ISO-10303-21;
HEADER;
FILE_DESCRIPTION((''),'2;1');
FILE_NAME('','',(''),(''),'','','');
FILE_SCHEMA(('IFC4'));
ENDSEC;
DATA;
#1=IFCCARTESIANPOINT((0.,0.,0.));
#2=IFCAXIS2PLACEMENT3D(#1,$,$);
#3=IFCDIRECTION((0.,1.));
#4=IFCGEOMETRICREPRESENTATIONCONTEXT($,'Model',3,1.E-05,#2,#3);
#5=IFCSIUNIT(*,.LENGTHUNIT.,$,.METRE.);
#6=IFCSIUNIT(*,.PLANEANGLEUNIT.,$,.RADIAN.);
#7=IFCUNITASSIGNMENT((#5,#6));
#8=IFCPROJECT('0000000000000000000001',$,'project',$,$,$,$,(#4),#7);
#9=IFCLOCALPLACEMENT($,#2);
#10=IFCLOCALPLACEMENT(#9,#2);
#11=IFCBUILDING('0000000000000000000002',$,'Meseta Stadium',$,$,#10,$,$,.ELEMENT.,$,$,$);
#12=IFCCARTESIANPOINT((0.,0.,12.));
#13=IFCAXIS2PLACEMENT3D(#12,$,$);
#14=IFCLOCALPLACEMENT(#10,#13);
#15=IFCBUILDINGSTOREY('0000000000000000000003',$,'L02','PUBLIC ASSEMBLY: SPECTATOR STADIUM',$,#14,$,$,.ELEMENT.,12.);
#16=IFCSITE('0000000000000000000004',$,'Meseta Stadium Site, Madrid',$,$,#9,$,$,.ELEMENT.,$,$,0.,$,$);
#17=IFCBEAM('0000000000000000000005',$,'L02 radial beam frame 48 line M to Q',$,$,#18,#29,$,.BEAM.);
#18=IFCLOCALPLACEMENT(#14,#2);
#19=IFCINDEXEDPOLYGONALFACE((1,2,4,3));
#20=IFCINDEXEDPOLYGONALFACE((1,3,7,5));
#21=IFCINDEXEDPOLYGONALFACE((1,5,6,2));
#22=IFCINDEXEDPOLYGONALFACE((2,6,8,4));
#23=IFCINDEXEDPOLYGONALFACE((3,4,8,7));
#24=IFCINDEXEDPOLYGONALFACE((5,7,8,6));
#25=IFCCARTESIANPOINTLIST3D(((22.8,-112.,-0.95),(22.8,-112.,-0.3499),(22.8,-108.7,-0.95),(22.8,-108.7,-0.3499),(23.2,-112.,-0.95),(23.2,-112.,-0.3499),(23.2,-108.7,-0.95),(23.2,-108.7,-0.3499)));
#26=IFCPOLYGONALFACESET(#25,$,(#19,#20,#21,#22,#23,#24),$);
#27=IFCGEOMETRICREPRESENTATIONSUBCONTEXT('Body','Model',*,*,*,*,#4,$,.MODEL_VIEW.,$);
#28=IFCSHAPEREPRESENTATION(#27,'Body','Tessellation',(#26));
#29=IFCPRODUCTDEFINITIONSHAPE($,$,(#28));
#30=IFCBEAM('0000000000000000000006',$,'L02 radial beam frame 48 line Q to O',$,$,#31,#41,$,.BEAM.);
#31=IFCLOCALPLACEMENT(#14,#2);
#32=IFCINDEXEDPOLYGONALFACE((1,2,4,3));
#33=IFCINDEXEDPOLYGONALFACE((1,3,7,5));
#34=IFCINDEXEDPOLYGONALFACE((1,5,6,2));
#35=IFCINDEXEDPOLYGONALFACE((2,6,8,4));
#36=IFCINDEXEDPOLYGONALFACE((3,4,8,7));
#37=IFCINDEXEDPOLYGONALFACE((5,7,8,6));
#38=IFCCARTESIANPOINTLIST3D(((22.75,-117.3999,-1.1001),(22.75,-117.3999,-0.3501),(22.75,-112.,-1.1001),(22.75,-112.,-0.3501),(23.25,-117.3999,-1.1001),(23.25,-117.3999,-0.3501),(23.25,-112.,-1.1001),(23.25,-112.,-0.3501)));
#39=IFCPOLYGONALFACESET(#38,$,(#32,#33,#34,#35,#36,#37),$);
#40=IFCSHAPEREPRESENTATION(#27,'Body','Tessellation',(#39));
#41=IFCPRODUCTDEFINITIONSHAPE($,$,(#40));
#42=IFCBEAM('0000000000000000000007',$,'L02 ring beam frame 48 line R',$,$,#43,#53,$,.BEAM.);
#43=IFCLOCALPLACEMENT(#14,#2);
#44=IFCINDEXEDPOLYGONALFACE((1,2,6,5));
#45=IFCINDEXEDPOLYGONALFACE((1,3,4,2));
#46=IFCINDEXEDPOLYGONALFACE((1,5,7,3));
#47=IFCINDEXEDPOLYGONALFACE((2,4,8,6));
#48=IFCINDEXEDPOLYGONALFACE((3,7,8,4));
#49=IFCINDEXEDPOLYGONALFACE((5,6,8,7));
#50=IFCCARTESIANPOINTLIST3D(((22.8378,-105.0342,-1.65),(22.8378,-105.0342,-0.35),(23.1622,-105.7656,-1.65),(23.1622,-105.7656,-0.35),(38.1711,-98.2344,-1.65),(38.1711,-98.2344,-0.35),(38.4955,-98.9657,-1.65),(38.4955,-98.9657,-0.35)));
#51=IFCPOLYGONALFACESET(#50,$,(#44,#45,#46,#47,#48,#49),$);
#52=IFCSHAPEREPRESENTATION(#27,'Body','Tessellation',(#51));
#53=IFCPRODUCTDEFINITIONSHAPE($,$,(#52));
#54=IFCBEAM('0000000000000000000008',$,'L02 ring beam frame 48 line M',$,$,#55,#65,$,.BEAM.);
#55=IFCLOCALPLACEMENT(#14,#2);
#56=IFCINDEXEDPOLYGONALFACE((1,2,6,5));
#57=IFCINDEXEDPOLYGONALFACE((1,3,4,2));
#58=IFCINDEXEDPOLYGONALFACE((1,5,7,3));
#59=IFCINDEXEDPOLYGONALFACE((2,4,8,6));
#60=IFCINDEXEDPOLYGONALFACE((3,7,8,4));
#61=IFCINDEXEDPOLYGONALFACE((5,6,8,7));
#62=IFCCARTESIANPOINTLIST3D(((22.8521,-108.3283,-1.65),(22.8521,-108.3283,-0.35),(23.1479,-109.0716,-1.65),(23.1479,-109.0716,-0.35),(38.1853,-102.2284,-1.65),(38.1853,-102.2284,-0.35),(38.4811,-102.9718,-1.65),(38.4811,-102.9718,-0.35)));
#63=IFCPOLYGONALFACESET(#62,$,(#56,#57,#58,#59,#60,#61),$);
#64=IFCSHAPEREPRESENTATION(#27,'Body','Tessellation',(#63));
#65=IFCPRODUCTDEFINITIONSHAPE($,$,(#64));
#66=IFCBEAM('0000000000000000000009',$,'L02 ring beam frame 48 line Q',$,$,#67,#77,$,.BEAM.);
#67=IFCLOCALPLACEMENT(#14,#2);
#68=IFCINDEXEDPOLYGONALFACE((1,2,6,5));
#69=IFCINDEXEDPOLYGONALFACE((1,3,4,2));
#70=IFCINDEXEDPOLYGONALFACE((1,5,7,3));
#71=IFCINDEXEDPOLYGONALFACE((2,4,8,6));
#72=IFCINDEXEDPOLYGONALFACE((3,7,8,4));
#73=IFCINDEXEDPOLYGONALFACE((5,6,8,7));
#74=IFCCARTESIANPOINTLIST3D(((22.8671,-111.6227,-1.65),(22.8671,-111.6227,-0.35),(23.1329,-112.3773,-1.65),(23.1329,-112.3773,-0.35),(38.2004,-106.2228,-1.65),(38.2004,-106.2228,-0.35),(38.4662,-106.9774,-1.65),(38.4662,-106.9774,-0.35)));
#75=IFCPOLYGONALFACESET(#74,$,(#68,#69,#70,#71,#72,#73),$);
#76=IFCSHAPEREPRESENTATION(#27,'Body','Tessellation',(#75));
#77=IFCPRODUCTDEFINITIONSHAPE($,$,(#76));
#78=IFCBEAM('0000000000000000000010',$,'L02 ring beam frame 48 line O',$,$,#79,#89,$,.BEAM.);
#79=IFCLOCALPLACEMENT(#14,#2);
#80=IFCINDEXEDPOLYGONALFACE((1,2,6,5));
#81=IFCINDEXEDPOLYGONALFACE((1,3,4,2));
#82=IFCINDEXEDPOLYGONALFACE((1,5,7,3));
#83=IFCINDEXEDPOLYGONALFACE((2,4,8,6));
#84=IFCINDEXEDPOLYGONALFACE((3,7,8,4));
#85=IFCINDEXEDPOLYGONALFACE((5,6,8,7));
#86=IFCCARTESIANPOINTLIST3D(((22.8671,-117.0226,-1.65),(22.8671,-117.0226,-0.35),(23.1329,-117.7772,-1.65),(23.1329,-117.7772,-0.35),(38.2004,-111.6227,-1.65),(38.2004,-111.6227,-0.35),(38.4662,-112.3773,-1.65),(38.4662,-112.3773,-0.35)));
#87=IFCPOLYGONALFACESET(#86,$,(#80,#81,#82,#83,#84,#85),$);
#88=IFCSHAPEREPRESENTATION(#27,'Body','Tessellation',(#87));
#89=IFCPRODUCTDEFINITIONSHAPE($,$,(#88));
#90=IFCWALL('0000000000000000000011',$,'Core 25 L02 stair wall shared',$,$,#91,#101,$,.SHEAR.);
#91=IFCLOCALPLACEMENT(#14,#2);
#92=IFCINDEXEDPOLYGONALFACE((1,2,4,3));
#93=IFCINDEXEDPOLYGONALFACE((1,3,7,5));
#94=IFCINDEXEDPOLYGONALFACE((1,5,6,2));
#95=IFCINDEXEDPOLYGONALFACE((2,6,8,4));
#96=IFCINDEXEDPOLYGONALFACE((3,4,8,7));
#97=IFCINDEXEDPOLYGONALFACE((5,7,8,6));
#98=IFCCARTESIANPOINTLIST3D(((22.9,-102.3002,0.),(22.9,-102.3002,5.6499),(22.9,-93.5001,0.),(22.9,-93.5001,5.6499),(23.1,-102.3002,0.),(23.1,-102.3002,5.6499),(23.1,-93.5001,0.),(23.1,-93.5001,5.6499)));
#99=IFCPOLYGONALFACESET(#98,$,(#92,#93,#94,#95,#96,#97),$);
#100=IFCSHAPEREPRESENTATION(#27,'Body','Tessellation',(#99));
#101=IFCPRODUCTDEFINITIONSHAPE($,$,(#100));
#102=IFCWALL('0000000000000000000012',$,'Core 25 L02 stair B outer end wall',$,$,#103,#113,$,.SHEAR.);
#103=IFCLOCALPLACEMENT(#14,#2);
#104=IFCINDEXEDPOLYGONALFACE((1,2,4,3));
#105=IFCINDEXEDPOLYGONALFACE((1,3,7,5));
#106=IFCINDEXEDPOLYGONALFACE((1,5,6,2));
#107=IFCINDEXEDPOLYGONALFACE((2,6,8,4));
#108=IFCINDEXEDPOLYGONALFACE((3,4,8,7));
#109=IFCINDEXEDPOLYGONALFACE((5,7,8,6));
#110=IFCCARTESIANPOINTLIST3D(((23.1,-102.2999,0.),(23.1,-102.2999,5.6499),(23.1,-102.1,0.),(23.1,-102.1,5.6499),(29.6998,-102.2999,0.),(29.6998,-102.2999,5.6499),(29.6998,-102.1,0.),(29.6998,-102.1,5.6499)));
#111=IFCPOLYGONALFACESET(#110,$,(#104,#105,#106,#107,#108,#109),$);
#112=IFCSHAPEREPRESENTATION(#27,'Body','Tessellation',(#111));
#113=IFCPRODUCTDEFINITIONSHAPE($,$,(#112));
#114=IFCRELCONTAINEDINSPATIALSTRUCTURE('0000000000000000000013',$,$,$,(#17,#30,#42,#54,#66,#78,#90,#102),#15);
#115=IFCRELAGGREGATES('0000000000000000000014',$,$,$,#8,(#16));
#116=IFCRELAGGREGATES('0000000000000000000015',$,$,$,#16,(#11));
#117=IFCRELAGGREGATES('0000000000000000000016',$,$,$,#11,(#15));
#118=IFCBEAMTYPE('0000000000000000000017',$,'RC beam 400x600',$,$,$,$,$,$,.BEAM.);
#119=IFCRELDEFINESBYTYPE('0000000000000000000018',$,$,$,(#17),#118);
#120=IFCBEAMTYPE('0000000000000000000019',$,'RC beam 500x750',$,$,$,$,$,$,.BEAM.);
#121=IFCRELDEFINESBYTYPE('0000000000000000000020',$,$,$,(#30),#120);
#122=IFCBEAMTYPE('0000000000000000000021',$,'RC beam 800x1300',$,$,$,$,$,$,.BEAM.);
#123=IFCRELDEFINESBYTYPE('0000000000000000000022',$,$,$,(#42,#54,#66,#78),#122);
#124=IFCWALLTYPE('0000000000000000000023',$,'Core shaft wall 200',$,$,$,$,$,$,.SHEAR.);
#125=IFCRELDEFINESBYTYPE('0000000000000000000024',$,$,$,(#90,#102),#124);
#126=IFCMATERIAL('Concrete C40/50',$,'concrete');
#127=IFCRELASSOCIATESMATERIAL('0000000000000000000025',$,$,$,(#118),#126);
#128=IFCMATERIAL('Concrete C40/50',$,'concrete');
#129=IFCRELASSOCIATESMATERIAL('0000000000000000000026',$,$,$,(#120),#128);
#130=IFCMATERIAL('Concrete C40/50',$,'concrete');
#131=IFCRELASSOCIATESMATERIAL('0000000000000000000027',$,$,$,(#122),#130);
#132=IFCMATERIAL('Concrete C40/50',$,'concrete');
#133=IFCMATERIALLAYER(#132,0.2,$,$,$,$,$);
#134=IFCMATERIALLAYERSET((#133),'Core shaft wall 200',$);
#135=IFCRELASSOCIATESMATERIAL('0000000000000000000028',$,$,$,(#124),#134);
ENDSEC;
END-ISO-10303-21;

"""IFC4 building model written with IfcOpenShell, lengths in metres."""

from ifc_helpers import new_model, si_unit, direction, frame, frame_2d, origin, origin_2d, place, context, subcontext, project, spatial, rectangle, extrude, material, layer, layer_set, material_profile, profile_set, type_object, element, save


model = new_model("IFC4")

# Units and contexts
model_context = context("Model", 3, precision=1e-05, world=origin(), true_north=direction((0.0, 1.0)))
body_context = subcontext(model_context, "Body", "Model", "MODEL_VIEW")
ifc_project = project(units=[si_unit("LENGTHUNIT", "METRE"), si_unit("PLANEANGLEUNIT", "RADIAN")], contexts=[model_context])

# Site, building, storey
site_placement = place(None, origin())
site = spatial("IfcSite", under=ifc_project, at=site_placement, Name="Meseta Stadium Site, Madrid", CompositionType="ELEMENT", RefElevation=0.0)
building_placement = place(site_placement, origin())
building = spatial("IfcBuilding", under=site, at=building_placement, Name="Meseta Stadium", CompositionType="ELEMENT")
storey_placement = place(building_placement, frame((0.0, 0.0, 12.0)))
storey = spatial("IfcBuildingStorey", under=building, at=storey_placement, Name="L02", Description="PUBLIC ASSEMBLY: SPECTATOR STADIUM", CompositionType="ELEMENT", Elevation=12.0)

# Beams
ifc_material_1 = material(Name="Concrete C40/50", Category="concrete")
ifc_material_profile_1 = material_profile(ifc_material_1, rectangle(XDim=0.3999, YDim=0.6001, at=origin_2d()), Name="RC 400x600")
ifc_profile_set_1 = profile_set([ifc_material_profile_1], Name="Concrete C40/50")
beam_type_1 = type_object("IfcBeamType", Name="RC beam 400x600", PredefinedType="BEAM", material=ifc_profile_set_1)
for number, where, z_axis, x_axis, name in (
    (1, (23.0, -108.7, -0.6499), (0.0, -1.0, 0.0), (1.0, 0.0, 0.0), "L02 radial beam frame 48 line M to Q"),
):
    element("IfcBeam", number, at=place(storey_placement, frame(where, z_axis=z_axis, x_axis=x_axis)), inside=storey, type_object=beam_type_1, Name=name, PredefinedType="BEAM", context=body_context, shape_type="SweptSolid", body=[
        extrude(rectangle(XDim=0.3999, YDim=0.6001, at=origin_2d()), origin(), (0.0, 0.0, 1.0), 3.3),
    ])
ifc_material_2 = material(Name="Concrete C40/50", Category="concrete")
ifc_material_profile_2 = material_profile(ifc_material_2, rectangle(XDim=0.5, YDim=0.75, at=origin_2d()), Name="RC 500x750")
ifc_profile_set_2 = profile_set([ifc_material_profile_2], Name="Concrete C40/50")
beam_type_2 = type_object("IfcBeamType", Name="RC beam 500x750", PredefinedType="BEAM", material=ifc_profile_set_2)
beam_1_placement = place(storey_placement, frame((23.0, -112.0, -0.7251), z_axis=(0.0, -1.0, 0.0), x_axis=(1.0, 0.0, 0.0)))
element("IfcBeam", 2, at=beam_1_placement, inside=storey, type_object=beam_type_2, Name="L02 radial beam frame 48 line Q to O", PredefinedType="BEAM", context=body_context, shape_type="SweptSolid", body=[
    extrude(rectangle(XDim=0.5, YDim=0.75, at=origin_2d()), origin(), (0.0, 0.0, 1.0), 5.3999),
])
ifc_material_3 = material(Name="Concrete C40/50", Category="concrete")
ifc_material_profile_3 = material_profile(ifc_material_3, rectangle(XDim=0.8, YDim=1.3, at=origin_2d()), Name="RC 800x1300")
ifc_profile_set_3 = profile_set([ifc_material_profile_3], Name="Concrete C40/50")
beam_type_3 = type_object("IfcBeamType", Name="RC beam 800x1300", PredefinedType="BEAM", material=ifc_profile_set_3)
beam_2_placement = place(storey_placement, frame((23.0, -105.3999, -1.0), z_axis=(0.914143, 0.405393, 0.0), x_axis=(-0.405393, 0.914143, 0.0)))
element("IfcBeam", 3, at=beam_2_placement, inside=storey, type_object=beam_type_3, Name="L02 ring beam frame 48 line R", PredefinedType="BEAM", context=body_context, shape_type="SweptSolid", body=[
    extrude(rectangle(XDim=0.8, YDim=1.3, at=origin_2d()), origin(), (0.0, 0.0, 1.0), 16.7734),
])
beam_3_placement = place(storey_placement, frame((23.0, -108.7, -1.0), z_axis=(0.929174, 0.369643, 0.0), x_axis=(-0.369643, 0.929174, 0.0)))
element("IfcBeam", 4, at=beam_3_placement, inside=storey, type_object=beam_type_3, Name="L02 ring beam frame 48 line M", PredefinedType="BEAM", context=body_context, shape_type="SweptSolid", body=[
    extrude(rectangle(XDim=0.8, YDim=1.3, at=origin_2d()), origin(), (0.0, 0.0, 1.0), 16.502),
])
for number, where, z_axis, x_axis, name in (
    (5, (23.0, -112.0, -1.0), (0.943219, 0.332173, 0.0), (-0.332173, 0.943219, 0.0), "L02 ring beam frame 48 line Q"),
    (6, (23.0, -117.3999, -1.0), (0.943219, 0.332173, 0.0), (-0.332173, 0.943219, 0.0), "L02 ring beam frame 48 line O"),
):
    element("IfcBeam", number, at=place(storey_placement, frame(where, z_axis=z_axis, x_axis=x_axis)), inside=storey, type_object=beam_type_3, Name=name, PredefinedType="BEAM", context=body_context, shape_type="SweptSolid", body=[
        extrude(rectangle(XDim=0.8, YDim=1.3, at=origin_2d()), origin(), (0.0, 0.0, 1.0), 16.2563),
    ])

# Walls
ifc_material_4 = material(Name="Concrete C40/50", Category="concrete")
ifc_layer_1 = layer(ifc_material_4, 0.2)
ifc_layer_set_1 = layer_set([ifc_layer_1], Name="Core shaft wall 200")
wall_type_1 = type_object("IfcWallType", Name="Core shaft wall 200", PredefinedType="SHEAR", material=ifc_layer_set_1)
wall_1_placement = place(storey_placement, frame((23.0, -102.3, 0.0), z_axis=(0.0, 0.0, 1.0), x_axis=(0.0, 1.0, 0.0)))
element("IfcWall", 7, at=wall_1_placement, inside=storey, type_object=wall_type_1, Name="Core 25 L02 stair wall shared", PredefinedType="SHEAR", context=body_context, shape_type="SweptSolid", body=[
    extrude(rectangle(XDim=8.8, YDim=0.2, at=frame_2d((4.3999, 0.0))), origin(), (0.0, 0.0, 1.0), 5.6499),
])
wall_2_placement = place(storey_placement, frame((23.1001, -102.2, 0.0), z_axis=(0.0, 0.0, 1.0), x_axis=(1.0, 0.0, 0.0)))
element("IfcWall", 8, at=wall_2_placement, inside=storey, type_object=wall_type_1, Name="Core 25 L02 stair B outer end wall", PredefinedType="SHEAR", context=body_context, shape_type="SweptSolid", body=[
    extrude(rectangle(XDim=6.5999, YDim=0.2, at=frame_2d((3.2998, 0.0))), origin(), (0.0, 0.0, 1.0), 5.6499),
])

save(model, "model.ifc")
